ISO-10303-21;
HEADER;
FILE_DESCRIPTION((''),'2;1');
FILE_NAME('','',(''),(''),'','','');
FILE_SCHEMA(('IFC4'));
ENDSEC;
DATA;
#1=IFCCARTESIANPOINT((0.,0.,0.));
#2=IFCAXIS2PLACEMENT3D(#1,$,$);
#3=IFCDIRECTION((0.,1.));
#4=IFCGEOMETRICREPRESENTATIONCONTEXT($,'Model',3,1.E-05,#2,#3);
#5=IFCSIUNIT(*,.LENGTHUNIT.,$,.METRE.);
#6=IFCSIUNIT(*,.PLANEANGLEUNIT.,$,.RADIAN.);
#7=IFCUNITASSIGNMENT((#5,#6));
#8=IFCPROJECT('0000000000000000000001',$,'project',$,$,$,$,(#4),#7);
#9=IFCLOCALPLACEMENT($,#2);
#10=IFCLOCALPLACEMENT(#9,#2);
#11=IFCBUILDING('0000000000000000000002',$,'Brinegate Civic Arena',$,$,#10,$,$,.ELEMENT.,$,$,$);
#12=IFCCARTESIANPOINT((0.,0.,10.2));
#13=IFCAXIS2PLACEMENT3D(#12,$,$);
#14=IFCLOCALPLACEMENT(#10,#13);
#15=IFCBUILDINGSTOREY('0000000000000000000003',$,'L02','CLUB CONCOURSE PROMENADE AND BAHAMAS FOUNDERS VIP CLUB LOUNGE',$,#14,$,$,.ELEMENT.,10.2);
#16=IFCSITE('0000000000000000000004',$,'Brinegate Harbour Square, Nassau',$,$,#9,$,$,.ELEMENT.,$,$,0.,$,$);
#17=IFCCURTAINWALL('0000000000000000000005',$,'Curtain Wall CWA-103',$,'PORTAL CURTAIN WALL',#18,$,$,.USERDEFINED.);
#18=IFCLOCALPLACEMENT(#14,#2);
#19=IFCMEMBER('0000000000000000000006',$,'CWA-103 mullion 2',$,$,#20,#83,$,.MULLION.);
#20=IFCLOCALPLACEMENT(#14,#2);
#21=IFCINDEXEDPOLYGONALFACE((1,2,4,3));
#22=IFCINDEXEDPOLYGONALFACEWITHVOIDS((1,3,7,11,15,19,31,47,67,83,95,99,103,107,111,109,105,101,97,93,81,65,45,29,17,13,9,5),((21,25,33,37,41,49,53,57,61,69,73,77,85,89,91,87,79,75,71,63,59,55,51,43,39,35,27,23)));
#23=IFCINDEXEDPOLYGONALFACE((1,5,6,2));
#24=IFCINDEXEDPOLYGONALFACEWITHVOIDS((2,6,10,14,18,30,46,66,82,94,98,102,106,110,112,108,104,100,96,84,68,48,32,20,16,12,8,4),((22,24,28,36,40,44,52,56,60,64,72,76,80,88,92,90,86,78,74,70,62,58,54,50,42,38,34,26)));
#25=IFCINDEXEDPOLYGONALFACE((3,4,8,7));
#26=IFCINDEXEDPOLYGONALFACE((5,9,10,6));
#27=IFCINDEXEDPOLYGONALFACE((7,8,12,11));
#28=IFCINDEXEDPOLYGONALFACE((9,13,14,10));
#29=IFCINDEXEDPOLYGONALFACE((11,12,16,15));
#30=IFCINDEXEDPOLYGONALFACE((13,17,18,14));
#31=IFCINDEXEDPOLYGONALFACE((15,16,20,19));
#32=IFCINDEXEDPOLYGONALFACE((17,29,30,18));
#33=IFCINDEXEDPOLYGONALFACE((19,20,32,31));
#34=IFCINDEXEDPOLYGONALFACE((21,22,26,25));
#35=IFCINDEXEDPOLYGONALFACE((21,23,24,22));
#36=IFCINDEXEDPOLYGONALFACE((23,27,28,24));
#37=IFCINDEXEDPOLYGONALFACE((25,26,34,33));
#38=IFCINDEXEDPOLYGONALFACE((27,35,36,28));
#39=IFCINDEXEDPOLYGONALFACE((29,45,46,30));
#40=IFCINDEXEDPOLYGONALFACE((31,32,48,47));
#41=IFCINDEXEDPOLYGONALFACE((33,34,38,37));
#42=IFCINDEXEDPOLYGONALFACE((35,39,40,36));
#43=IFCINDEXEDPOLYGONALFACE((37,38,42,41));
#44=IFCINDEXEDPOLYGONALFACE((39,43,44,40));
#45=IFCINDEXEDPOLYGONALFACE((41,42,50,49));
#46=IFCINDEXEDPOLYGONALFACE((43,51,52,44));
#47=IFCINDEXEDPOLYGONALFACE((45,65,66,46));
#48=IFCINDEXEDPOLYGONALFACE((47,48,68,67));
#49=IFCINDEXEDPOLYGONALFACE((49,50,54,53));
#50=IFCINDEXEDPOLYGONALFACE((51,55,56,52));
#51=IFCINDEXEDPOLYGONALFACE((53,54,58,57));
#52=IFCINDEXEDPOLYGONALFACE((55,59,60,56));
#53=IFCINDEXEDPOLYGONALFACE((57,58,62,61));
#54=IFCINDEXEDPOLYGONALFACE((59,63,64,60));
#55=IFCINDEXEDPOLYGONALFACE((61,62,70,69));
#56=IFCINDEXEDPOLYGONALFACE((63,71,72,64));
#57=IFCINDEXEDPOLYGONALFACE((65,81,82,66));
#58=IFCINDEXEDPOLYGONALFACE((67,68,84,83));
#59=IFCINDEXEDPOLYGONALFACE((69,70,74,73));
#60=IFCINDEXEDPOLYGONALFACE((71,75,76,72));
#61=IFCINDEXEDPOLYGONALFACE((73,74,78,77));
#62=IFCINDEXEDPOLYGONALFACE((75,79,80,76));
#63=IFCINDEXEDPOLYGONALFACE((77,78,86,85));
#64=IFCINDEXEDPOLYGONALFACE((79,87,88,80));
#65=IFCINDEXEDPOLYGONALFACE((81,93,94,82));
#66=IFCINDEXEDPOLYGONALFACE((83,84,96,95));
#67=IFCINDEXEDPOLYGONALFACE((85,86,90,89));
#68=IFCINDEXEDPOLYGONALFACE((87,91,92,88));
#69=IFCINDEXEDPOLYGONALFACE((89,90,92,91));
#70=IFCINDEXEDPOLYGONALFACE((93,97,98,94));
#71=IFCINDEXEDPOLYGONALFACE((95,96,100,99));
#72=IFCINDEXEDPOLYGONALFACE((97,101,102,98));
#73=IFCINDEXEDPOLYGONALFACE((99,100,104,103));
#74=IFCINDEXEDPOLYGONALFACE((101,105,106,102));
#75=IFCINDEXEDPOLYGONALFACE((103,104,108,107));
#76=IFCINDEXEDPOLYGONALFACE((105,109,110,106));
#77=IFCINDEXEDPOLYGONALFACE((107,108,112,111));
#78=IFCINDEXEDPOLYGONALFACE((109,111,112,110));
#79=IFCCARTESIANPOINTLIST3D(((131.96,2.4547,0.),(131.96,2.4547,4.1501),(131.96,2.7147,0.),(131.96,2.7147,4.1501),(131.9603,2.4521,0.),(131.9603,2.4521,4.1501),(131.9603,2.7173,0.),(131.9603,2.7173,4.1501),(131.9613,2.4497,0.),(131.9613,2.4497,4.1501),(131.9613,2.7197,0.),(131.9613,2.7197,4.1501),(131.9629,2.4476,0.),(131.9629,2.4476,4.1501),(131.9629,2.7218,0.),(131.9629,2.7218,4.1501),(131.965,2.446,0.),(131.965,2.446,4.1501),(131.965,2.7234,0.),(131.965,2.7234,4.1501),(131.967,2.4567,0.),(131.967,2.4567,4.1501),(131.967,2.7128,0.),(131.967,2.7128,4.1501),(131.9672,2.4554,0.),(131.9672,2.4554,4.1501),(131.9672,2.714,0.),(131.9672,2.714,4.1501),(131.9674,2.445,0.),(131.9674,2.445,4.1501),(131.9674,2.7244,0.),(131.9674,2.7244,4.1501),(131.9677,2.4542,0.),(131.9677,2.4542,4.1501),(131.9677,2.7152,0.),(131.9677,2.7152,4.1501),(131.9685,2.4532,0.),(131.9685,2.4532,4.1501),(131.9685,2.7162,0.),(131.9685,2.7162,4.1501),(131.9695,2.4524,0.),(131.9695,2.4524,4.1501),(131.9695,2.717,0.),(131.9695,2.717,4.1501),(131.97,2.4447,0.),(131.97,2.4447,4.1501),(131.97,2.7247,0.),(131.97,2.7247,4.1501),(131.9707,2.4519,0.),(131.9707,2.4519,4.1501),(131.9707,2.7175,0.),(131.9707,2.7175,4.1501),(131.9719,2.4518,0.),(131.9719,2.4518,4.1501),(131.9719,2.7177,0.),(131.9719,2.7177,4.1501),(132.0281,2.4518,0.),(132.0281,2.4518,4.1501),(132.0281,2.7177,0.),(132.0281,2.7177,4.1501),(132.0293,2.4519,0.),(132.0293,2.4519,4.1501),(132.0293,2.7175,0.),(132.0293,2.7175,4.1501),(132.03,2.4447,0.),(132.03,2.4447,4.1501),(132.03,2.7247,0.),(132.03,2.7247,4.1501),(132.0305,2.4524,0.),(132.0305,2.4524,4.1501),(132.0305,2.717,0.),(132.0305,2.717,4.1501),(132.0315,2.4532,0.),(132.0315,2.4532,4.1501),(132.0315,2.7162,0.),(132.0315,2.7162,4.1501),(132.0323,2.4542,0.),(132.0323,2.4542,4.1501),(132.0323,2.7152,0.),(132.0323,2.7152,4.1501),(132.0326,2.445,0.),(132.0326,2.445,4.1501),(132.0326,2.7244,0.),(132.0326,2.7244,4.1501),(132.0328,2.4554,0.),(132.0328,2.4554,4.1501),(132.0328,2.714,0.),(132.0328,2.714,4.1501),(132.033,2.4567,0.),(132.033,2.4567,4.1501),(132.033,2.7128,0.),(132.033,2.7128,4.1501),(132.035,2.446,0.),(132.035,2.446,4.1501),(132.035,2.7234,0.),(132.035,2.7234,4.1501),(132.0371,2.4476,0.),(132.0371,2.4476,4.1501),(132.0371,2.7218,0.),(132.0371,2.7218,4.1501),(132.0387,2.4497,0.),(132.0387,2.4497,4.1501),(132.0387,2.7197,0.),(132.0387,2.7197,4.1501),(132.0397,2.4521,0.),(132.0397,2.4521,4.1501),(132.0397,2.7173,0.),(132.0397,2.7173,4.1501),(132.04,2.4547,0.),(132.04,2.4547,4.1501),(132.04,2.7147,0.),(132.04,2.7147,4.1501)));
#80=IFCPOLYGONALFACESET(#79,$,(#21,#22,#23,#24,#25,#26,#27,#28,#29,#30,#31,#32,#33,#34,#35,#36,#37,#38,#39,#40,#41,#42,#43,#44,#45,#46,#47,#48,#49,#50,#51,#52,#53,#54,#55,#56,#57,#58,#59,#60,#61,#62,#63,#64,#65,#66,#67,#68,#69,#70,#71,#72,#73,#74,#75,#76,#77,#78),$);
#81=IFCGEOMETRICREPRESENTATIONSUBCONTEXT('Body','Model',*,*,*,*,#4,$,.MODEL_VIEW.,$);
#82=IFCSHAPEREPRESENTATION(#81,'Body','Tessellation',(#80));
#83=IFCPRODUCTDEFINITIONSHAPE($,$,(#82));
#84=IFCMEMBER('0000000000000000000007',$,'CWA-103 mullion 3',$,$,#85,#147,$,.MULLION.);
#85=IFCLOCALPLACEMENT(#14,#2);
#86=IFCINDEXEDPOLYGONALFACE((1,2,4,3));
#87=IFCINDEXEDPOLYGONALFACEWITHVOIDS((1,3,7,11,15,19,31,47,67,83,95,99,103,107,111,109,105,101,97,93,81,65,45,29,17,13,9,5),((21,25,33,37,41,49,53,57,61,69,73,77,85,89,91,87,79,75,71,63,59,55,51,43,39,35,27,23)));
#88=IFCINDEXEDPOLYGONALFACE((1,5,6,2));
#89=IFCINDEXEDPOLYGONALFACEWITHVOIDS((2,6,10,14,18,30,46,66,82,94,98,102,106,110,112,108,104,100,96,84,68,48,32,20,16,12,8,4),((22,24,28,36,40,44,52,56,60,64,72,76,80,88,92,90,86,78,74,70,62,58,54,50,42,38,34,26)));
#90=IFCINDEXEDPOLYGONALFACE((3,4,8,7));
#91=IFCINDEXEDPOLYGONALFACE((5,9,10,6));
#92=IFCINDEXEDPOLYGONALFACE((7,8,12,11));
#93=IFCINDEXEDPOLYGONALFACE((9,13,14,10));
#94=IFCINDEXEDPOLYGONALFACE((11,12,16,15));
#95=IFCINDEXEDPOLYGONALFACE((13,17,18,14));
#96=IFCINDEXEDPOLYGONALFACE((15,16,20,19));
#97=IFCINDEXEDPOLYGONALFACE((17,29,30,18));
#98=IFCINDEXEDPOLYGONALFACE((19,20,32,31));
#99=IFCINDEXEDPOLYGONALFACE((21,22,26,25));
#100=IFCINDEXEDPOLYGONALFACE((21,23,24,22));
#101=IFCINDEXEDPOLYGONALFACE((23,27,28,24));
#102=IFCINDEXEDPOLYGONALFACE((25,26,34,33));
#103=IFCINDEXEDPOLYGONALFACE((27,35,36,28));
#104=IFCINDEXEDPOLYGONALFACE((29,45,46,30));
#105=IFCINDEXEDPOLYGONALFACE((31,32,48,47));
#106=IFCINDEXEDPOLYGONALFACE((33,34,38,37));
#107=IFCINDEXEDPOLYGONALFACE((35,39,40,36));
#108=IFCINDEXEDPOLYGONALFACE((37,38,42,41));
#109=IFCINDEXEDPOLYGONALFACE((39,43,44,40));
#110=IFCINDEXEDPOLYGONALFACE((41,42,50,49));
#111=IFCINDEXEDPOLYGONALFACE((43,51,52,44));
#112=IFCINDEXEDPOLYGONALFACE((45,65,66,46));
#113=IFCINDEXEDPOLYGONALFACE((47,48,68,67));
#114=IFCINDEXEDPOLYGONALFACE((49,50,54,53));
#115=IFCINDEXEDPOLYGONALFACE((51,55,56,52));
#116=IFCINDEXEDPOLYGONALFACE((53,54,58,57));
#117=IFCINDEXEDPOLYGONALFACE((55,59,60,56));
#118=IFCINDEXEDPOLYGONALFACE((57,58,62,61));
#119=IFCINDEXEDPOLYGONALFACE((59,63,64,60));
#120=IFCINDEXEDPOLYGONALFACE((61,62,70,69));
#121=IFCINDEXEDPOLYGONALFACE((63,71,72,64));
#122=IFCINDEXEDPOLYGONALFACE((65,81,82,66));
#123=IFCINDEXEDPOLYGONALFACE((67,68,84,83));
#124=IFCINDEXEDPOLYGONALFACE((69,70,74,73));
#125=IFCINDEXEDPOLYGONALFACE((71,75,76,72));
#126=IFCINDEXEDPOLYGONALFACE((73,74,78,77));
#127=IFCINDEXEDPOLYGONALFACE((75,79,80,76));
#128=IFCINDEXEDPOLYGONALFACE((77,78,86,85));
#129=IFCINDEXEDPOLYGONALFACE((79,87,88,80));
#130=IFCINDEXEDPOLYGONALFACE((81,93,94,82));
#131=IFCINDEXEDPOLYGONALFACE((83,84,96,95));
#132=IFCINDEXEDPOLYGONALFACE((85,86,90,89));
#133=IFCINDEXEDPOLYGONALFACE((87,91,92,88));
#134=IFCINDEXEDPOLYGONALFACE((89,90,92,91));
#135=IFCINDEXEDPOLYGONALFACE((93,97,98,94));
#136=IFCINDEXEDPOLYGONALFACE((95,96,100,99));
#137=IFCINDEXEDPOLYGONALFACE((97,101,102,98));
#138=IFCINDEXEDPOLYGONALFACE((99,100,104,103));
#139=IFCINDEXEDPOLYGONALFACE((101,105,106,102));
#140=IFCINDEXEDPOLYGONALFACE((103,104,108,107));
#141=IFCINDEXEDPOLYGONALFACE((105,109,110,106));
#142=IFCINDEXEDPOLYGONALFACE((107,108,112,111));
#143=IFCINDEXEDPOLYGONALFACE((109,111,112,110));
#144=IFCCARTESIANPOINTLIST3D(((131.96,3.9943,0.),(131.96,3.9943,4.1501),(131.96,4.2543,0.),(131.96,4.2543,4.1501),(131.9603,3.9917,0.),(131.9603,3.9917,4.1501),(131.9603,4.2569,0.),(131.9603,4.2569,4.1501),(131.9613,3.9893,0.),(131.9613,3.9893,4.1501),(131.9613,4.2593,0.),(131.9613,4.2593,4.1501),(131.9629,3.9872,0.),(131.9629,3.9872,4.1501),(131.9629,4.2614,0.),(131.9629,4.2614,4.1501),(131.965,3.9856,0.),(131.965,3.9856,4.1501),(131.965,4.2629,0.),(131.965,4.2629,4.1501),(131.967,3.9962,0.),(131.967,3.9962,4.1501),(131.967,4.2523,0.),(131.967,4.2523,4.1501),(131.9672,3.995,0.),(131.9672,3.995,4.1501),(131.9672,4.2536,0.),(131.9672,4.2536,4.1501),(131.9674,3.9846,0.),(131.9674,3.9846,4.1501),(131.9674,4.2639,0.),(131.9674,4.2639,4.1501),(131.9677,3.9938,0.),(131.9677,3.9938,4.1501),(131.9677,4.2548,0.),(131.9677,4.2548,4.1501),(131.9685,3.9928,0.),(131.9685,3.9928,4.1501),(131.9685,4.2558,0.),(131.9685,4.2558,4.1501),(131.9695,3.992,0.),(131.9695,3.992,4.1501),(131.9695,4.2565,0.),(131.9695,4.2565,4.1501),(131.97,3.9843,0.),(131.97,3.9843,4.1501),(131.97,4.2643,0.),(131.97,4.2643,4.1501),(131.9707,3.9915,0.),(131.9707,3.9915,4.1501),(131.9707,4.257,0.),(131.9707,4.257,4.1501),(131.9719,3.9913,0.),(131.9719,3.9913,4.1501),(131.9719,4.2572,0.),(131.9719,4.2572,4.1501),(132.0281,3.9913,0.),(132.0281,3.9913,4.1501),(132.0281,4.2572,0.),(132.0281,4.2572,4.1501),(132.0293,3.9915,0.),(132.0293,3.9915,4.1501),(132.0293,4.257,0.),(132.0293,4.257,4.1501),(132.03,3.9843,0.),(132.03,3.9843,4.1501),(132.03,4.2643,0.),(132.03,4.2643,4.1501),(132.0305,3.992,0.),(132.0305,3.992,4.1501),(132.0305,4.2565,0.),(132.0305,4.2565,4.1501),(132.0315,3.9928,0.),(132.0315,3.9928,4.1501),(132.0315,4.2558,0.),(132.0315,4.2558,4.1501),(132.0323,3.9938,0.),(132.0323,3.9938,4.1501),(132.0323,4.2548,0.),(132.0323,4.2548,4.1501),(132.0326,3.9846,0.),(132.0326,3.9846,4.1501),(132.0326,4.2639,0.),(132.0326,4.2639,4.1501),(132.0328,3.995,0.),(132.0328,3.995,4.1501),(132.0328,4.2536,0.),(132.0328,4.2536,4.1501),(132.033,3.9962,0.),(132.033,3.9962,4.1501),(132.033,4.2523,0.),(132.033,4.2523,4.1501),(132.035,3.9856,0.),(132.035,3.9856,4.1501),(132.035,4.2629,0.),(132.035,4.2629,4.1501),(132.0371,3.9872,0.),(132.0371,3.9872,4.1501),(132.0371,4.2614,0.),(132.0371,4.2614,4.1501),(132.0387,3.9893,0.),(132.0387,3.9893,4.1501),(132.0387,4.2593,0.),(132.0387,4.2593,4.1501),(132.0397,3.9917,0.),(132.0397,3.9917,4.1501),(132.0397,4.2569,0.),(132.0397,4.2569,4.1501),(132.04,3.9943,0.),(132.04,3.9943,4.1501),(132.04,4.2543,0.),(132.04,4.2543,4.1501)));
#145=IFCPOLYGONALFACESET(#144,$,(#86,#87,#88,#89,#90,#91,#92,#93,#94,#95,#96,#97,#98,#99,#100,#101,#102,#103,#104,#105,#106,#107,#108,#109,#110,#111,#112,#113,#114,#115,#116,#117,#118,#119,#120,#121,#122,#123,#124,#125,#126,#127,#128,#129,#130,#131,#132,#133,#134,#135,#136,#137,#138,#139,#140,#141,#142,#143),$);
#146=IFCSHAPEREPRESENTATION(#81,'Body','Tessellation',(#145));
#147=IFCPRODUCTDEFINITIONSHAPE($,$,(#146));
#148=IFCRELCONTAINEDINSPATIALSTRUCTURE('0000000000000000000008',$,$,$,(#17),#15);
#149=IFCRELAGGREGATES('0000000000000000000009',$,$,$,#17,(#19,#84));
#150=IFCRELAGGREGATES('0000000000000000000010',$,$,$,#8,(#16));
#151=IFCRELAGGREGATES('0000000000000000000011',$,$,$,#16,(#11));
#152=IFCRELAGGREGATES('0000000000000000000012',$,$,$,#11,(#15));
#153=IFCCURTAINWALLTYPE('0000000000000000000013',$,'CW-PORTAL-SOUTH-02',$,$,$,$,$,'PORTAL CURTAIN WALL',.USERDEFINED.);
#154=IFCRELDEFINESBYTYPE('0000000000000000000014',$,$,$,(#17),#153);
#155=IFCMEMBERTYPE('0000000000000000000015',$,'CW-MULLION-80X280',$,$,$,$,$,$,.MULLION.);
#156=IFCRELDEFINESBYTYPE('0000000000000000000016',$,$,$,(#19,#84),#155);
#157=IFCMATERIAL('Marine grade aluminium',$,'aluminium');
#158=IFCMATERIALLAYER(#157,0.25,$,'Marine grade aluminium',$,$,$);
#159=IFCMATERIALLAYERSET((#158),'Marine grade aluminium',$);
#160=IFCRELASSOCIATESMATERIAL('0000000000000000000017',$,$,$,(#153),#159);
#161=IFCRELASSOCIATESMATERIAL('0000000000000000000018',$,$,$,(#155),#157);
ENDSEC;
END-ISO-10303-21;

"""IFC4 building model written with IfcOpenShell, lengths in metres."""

from ifc_helpers import new_model, si_unit, direction, frame, origin, origin_2d, place, context, subcontext, project, spatial, hollow_rectangle, extrude, material, layer, layer_set, material_profile, profile_set, type_object, element, aggregate, save


model = new_model("IFC4")

# Units and contexts
model_context = context("Model", 3, precision=1e-05, world=origin(), true_north=direction((0.0, 1.0)))
body_context = subcontext(model_context, "Body", "Model", "MODEL_VIEW")
ifc_project = project(units=[si_unit("LENGTHUNIT", "METRE"), si_unit("PLANEANGLEUNIT", "RADIAN")], contexts=[model_context])

# Site, building, storey
site_placement = place(None, origin())
site = spatial("IfcSite", under=ifc_project, at=site_placement, Name="Brinegate Harbour Square, Nassau", CompositionType="ELEMENT", RefElevation=0.0)
building_placement = place(site_placement, origin())
building = spatial("IfcBuilding", under=site, at=building_placement, Name="Brinegate Civic Arena", CompositionType="ELEMENT")
storey_placement = place(building_placement, frame((0.0, 0.0, 10.2)))
storey = spatial("IfcBuildingStorey", under=building, at=storey_placement, Name="L02", Description="CLUB CONCOURSE PROMENADE AND BAHAMAS FOUNDERS VIP CLUB LOUNGE", CompositionType="ELEMENT", Elevation=10.2)

# Curtain wall, members
ifc_material_1 = material(Name="Marine grade aluminium", Category="aluminium")
ifc_layer_1 = layer(ifc_material_1, 0.25, Name="Marine grade aluminium")
ifc_layer_set_1 = layer_set([ifc_layer_1], Name="Marine grade aluminium")
curtain_wall_type = type_object("IfcCurtainWallType", Name="CW-PORTAL-SOUTH-02", ElementType="PORTAL CURTAIN WALL", PredefinedType="USERDEFINED", material=ifc_layer_set_1)
curtain_wall_placement = place(storey_placement, origin())
curtain_wall = element("IfcCurtainWall", 1, at=curtain_wall_placement, inside=storey, type_object=curtain_wall_type, Name="Curtain Wall CWA-103", ObjectType="PORTAL CURTAIN WALL", PredefinedType="USERDEFINED")
ifc_material_profile_1 = material_profile(ifc_material_1, hollow_rectangle(XDim=0.0801, YDim=0.28, WallThickness=0.0071, InnerFilletRadius=0.0049, OuterFilletRadius=0.01, at=origin_2d()), Name="MUL80X280")
ifc_profile_set_1 = profile_set([ifc_material_profile_1], Name="Marine grade aluminium")
member_type_1 = type_object("IfcMemberType", Name="CW-MULLION-80X280", PredefinedType="MULLION", material=ifc_profile_set_1)
member_1_placement = place(storey_placement, frame((132.0, 2.5847, 0.0), z_axis=(0.0, 0.0, 1.0), x_axis=(-1.0, 0.0, 0.0)))
member_1 = element("IfcMember", 2, at=member_1_placement, type_object=member_type_1, Name="CWA-103 mullion 2", PredefinedType="MULLION", context=body_context, shape_type="SweptSolid", body=[
    extrude(hollow_rectangle(XDim=0.0801, YDim=0.28, WallThickness=0.0071, InnerFilletRadius=0.0049, OuterFilletRadius=0.01, at=origin_2d()), origin(), (0.0, 0.0, 1.0), 4.1501),
])
member_2_placement = place(storey_placement, frame((132.0, 4.1243, 0.0), z_axis=(0.0, 0.0, 1.0), x_axis=(-1.0, 0.0, 0.0)))
member_2 = element("IfcMember", 3, at=member_2_placement, type_object=member_type_1, Name="CWA-103 mullion 3", PredefinedType="MULLION", context=body_context, shape_type="SweptSolid", body=[
    extrude(hollow_rectangle(XDim=0.0801, YDim=0.28, WallThickness=0.0071, InnerFilletRadius=0.0049, OuterFilletRadius=0.01, at=origin_2d()), origin(), (0.0, 0.0, 1.0), 4.1501),
])
aggregate(curtain_wall, [member_1, member_2])

save(model, "model.ifc")
